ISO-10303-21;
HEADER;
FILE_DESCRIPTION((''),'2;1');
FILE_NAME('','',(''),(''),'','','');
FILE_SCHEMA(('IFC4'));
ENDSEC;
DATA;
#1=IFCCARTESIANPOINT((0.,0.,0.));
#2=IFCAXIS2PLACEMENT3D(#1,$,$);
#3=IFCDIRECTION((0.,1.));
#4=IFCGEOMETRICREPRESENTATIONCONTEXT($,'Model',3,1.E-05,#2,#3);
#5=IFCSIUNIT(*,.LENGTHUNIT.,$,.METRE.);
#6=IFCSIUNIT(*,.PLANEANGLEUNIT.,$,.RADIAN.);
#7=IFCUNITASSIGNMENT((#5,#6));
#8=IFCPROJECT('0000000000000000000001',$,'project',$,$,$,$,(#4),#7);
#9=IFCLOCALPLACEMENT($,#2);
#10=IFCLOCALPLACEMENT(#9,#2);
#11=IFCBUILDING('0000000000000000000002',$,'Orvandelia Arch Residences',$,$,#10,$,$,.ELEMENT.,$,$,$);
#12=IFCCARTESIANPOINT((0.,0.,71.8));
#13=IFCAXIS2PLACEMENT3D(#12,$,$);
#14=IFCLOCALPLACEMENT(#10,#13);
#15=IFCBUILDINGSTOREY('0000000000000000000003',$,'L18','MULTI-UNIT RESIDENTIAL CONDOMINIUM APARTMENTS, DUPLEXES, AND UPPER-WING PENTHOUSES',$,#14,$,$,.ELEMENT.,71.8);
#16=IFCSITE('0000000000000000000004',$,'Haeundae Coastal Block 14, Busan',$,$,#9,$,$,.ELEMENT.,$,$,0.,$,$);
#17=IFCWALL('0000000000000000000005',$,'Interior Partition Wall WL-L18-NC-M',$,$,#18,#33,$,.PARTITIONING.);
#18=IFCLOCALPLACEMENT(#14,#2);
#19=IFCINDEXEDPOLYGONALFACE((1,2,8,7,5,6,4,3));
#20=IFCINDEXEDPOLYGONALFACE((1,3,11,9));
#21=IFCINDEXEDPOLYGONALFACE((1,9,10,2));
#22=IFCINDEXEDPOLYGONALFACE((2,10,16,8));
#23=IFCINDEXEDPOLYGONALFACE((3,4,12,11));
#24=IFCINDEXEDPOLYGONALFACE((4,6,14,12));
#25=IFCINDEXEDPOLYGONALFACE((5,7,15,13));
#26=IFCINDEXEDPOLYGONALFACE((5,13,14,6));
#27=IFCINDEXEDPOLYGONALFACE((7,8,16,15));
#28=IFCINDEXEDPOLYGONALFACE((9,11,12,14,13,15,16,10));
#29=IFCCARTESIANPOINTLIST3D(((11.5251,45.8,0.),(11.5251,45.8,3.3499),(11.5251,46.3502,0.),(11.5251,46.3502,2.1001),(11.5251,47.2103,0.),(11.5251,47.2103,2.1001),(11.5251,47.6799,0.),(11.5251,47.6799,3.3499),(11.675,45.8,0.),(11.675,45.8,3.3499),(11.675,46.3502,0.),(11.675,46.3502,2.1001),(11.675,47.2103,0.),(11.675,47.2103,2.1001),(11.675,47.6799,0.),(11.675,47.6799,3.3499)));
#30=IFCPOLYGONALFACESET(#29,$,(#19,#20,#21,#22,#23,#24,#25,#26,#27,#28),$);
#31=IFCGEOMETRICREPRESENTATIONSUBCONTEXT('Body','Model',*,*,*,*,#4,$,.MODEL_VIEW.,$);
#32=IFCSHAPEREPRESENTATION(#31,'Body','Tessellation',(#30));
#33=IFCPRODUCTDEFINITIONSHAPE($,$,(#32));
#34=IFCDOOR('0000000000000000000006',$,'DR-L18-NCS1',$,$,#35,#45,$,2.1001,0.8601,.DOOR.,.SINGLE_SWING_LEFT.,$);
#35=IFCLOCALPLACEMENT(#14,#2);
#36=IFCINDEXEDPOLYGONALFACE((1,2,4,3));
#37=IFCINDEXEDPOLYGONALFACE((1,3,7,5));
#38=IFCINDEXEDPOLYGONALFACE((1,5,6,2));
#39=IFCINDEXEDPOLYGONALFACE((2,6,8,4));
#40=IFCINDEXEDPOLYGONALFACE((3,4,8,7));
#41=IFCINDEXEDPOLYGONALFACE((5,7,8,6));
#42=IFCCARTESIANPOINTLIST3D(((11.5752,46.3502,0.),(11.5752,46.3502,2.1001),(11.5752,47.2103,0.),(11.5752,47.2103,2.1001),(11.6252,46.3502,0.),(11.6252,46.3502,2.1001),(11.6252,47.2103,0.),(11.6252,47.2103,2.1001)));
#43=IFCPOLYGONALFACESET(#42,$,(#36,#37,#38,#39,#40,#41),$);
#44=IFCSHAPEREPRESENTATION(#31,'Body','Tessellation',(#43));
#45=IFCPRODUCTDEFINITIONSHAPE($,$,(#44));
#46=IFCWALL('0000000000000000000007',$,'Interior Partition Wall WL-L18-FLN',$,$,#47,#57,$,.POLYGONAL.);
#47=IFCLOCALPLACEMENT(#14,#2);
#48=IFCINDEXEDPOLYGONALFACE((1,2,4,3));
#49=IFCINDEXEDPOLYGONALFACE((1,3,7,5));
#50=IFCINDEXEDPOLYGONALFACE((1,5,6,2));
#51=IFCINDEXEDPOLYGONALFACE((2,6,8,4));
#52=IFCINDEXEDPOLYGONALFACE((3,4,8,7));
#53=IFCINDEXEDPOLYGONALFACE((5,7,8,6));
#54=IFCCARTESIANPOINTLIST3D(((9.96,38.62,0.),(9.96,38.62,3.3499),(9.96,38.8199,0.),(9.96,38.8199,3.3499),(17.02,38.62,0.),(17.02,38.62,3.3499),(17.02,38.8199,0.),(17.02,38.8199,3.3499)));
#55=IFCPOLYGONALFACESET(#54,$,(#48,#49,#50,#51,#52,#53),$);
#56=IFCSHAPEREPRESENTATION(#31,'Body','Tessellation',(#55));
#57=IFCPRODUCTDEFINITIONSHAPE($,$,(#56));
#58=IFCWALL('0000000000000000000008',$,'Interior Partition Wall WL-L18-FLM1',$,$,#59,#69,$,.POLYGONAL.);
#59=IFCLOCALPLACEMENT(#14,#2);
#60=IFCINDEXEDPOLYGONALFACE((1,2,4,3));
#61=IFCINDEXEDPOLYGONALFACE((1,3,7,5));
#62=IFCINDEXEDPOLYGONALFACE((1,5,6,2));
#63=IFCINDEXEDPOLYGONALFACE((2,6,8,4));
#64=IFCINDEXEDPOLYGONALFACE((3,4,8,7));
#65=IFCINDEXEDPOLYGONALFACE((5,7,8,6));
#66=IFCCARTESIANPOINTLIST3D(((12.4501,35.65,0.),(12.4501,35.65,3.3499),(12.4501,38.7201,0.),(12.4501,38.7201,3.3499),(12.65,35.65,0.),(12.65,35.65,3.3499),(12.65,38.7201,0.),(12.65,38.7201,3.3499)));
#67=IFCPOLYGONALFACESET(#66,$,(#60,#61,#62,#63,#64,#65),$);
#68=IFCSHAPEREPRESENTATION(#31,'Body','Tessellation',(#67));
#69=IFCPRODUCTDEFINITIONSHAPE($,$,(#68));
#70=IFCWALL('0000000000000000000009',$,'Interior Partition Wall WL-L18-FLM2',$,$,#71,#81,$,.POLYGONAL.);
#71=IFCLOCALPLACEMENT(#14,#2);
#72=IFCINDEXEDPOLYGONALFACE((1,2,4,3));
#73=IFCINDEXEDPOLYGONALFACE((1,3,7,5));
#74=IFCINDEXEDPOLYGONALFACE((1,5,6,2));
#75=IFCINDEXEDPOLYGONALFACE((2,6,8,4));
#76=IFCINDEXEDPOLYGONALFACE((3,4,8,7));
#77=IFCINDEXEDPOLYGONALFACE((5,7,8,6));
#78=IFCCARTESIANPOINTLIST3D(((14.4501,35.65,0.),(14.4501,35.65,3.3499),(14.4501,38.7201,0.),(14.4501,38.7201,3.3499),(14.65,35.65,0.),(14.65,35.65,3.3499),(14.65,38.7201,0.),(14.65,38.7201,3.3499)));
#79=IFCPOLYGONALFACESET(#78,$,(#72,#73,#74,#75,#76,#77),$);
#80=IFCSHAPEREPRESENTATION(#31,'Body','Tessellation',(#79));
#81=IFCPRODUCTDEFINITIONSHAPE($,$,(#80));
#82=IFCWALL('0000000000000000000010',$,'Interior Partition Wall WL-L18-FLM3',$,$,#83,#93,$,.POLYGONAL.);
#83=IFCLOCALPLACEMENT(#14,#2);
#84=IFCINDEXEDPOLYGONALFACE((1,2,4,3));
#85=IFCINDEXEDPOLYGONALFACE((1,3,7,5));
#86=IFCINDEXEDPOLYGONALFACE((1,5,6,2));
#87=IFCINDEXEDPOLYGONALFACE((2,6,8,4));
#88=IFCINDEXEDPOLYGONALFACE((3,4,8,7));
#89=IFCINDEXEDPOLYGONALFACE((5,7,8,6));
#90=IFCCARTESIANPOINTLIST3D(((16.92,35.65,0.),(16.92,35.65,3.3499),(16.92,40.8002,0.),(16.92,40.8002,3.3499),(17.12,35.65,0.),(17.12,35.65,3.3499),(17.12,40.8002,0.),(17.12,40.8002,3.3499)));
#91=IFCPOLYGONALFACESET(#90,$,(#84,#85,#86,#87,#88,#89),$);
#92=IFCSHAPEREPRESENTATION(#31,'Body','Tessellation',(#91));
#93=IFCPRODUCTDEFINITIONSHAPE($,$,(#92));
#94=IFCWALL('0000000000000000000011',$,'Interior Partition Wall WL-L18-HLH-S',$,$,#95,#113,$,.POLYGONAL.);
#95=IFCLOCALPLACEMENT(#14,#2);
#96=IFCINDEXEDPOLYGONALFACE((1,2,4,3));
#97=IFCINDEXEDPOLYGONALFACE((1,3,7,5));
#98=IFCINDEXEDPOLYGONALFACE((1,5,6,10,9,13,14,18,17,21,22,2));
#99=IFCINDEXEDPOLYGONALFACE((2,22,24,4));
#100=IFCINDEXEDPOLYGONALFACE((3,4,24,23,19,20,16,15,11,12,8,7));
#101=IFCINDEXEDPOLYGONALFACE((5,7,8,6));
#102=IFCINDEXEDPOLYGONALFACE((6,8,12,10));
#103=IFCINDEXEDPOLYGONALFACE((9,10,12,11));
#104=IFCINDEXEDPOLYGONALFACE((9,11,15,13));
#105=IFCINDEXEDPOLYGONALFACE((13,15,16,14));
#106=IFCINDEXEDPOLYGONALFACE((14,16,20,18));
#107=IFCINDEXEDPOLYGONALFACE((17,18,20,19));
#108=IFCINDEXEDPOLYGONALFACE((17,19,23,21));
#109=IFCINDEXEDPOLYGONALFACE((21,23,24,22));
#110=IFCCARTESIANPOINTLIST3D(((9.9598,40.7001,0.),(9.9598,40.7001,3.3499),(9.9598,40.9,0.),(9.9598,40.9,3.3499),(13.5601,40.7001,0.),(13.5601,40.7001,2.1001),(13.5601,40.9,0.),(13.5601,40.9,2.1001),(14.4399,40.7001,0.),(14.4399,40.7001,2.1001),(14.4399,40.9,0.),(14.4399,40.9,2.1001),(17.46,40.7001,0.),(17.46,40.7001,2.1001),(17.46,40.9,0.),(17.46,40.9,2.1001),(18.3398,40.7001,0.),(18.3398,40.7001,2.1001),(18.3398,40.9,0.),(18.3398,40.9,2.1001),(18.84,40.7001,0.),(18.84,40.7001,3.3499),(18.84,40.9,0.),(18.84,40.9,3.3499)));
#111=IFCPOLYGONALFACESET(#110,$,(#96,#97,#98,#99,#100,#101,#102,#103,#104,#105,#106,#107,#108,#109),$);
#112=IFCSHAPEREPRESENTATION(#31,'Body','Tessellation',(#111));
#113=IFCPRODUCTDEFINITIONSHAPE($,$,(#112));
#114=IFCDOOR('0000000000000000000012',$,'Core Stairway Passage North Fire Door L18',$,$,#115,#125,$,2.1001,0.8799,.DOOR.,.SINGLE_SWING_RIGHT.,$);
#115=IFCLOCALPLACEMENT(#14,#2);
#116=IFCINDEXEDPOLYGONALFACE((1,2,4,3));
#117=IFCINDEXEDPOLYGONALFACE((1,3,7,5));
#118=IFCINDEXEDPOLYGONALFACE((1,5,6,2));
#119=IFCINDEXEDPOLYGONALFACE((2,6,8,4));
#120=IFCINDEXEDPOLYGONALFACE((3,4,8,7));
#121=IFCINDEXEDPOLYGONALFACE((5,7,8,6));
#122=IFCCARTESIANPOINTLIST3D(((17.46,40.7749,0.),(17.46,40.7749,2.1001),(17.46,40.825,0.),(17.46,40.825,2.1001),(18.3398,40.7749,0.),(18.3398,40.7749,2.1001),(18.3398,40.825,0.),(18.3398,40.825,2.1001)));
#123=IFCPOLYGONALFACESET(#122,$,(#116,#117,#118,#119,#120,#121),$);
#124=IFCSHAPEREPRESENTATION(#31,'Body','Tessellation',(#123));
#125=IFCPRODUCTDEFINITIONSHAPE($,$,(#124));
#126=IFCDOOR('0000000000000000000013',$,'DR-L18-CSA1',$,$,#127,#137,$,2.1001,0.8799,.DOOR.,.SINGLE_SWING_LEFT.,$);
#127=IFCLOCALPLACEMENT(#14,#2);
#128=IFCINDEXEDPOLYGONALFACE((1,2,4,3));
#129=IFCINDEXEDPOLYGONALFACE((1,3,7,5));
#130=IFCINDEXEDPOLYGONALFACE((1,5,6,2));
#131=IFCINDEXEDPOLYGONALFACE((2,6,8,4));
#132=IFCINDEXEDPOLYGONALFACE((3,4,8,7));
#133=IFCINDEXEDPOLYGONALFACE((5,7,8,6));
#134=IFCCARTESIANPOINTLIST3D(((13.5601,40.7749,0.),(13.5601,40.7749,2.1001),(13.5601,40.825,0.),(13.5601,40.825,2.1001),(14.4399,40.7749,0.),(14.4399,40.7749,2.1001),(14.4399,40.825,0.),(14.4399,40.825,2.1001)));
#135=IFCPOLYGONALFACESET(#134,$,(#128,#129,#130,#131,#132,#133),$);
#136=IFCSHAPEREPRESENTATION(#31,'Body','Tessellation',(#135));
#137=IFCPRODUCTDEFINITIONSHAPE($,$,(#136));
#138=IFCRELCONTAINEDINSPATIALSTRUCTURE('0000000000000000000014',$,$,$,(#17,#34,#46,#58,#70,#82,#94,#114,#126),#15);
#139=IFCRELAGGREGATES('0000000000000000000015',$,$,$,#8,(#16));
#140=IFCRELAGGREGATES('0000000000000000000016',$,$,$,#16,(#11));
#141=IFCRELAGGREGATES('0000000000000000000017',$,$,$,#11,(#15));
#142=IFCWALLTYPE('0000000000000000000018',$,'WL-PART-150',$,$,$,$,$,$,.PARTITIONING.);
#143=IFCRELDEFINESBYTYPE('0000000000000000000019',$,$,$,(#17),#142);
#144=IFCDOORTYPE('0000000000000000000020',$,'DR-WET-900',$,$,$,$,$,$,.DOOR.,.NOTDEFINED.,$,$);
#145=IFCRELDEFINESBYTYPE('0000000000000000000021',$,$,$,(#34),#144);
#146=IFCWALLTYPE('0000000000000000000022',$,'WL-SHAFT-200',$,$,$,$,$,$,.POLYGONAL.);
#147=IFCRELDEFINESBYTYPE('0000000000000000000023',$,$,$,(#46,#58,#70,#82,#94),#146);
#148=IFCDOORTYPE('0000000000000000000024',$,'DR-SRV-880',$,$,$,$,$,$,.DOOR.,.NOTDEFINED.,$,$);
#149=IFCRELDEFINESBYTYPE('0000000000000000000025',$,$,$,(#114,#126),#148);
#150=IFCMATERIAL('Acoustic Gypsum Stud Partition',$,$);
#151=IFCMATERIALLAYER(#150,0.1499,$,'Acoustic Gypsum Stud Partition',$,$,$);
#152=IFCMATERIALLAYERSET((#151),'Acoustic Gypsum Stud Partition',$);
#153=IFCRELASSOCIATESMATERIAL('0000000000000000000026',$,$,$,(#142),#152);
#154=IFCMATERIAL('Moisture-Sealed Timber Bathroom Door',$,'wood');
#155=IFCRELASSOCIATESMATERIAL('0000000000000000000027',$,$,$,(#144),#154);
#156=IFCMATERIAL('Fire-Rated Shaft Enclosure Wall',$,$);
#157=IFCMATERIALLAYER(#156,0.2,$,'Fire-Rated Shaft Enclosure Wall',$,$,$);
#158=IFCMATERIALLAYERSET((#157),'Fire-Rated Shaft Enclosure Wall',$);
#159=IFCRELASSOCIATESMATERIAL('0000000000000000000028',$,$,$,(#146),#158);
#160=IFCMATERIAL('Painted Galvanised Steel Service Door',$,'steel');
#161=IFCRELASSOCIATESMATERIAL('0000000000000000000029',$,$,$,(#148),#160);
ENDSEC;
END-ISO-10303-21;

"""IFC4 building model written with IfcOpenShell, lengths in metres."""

from ifc_helpers import new_model, si_unit, direction, frame, frame_2d, origin, place, context, subcontext, project, spatial, rectangle, extrude, material, layer, layer_set, type_object, element, fill, save


model = new_model("IFC4")

# Units and contexts
model_context = context("Model", 3, precision=1e-05, world=origin(), true_north=direction((0.0, 1.0)))
body_context = subcontext(model_context, "Body", "Model", "MODEL_VIEW")
ifc_project = project(units=[si_unit("LENGTHUNIT", "METRE"), si_unit("PLANEANGLEUNIT", "RADIAN")], contexts=[model_context])

# Site, building, storey
site_placement = place(None, origin())
site = spatial("IfcSite", under=ifc_project, at=site_placement, Name="Haeundae Coastal Block 14, Busan", CompositionType="ELEMENT", RefElevation=0.0)
building_placement = place(site_placement, origin())
building = spatial("IfcBuilding", under=site, at=building_placement, Name="Orvandelia Arch Residences", CompositionType="ELEMENT")
storey_placement = place(building_placement, frame((0.0, 0.0, 71.8)))
storey = spatial("IfcBuildingStorey", under=building, at=storey_placement, Name="L18", Description="MULTI-UNIT RESIDENTIAL CONDOMINIUM APARTMENTS, DUPLEXES, AND UPPER-WING PENTHOUSES", CompositionType="ELEMENT", Elevation=71.8)

# Wall, opening, door
ifc_material_1 = material(Name="Acoustic Gypsum Stud Partition")
ifc_layer_1 = layer(ifc_material_1, 0.1499, Name="Acoustic Gypsum Stud Partition")
ifc_layer_set_1 = layer_set([ifc_layer_1], Name="Acoustic Gypsum Stud Partition")
wall_type_1 = type_object("IfcWallType", Name="WL-PART-150", PredefinedType="PARTITIONING", material=ifc_layer_set_1)
wall_1_placement = place(storey_placement, frame((11.6001, 45.8, 0.0), z_axis=(0.0, 0.0, 1.0), x_axis=(0.0, 1.0, 0.0)))
wall_1 = element("IfcWall", 1, at=wall_1_placement, inside=storey, type_object=wall_type_1, Name="Interior Partition Wall WL-L18-NC-M", PredefinedType="PARTITIONING", context=body_context, shape_type="SweptSolid", body=[
    extrude(rectangle(XDim=1.8799, YDim=0.1499, at=frame_2d((0.9399, 0.0))), origin(), (0.0, 0.0, 1.0), 3.3499),
])
opening_1_placement = place(wall_1_placement, frame((0.55, 0.0, 0.0)))
opening_1 = element("IfcOpeningElement", 2, at=opening_1_placement, cuts=wall_1, PredefinedType="OPENING", context=body_context, shape_type="SweptSolid", body=[
    extrude(rectangle(XDim=0.8601, YDim=2.1001, at=frame_2d((0.4302, 1.05))), frame((0.0, 0.085, 0.0), z_axis=(0.0, -1.0, 0.0), x_axis=(1.0, 0.0, 0.0)), (0.0, 0.0, 1.0), 0.1699),
])
ifc_material_2 = material(Name="Moisture-Sealed Timber Bathroom Door", Category="wood")
door_type_1 = type_object("IfcDoorType", Name="DR-WET-900", OperationType="NOTDEFINED", PredefinedType="DOOR", material=ifc_material_2)
door_1_placement = place(opening_1_placement, origin())
door_1 = element("IfcDoor", 3, at=door_1_placement, inside=storey, type_object=door_type_1, Name="DR-L18-NCS1", OperationType="SINGLE_SWING_LEFT", OverallHeight=2.1001, OverallWidth=0.8601, PredefinedType="DOOR", context=body_context, shape_type="SweptSolid", body=[
    extrude(rectangle(XDim=0.8601, YDim=2.1001, at=frame_2d((0.4302, 1.05))), frame((0.0, 0.0249, 0.0), z_axis=(0.0, -1.0, 0.0), x_axis=(1.0, 0.0, 0.0)), (0.0, 0.0, 1.0), 0.05),
])
fill(opening_1, door_1)

# Walls
ifc_material_3 = material(Name="Fire-Rated Shaft Enclosure Wall")
ifc_layer_2 = layer(ifc_material_3, 0.2, Name="Fire-Rated Shaft Enclosure Wall")
ifc_layer_set_2 = layer_set([ifc_layer_2], Name="Fire-Rated Shaft Enclosure Wall")
wall_type_2 = type_object("IfcWallType", Name="WL-SHAFT-200", PredefinedType="POLYGONAL", material=ifc_layer_set_2)
wall_2_placement = place(storey_placement, frame((9.96, 38.72, 0.0), z_axis=(0.0, 0.0, 1.0), x_axis=(1.0, 0.0, 0.0)))
element("IfcWall", 4, at=wall_2_placement, inside=storey, type_object=wall_type_2, Name="Interior Partition Wall WL-L18-FLN", PredefinedType="POLYGONAL", context=body_context, shape_type="SweptSolid", body=[
    extrude(rectangle(XDim=7.0601, YDim=0.2, at=frame_2d((3.53, 0.0))), origin(), (0.0, 0.0, 1.0), 3.3499),
])
for number, where, z_axis, x_axis, name in (
    (5, (12.55, 35.6499, 0.0), (0.0, 0.0, 1.0), (0.0, 1.0, 0.0), "Interior Partition Wall WL-L18-FLM1"),
    (6, (14.55, 35.6499, 0.0), (0.0, 0.0, 1.0), (0.0, 1.0, 0.0), "Interior Partition Wall WL-L18-FLM2"),
):
    element("IfcWall", number, at=place(storey_placement, frame(where, z_axis=z_axis, x_axis=x_axis)), inside=storey, type_object=wall_type_2, Name=name, PredefinedType="POLYGONAL", context=body_context, shape_type="SweptSolid", body=[
        extrude(rectangle(XDim=3.0701, YDim=0.2, at=frame_2d((1.5352, 0.0))), origin(), (0.0, 0.0, 1.0), 3.3499),
    ])
wall_3_placement = place(storey_placement, frame((17.02, 35.6499, 0.0), z_axis=(0.0, 0.0, 1.0), x_axis=(0.0, 1.0, 0.0)))
element("IfcWall", 7, at=wall_3_placement, inside=storey, type_object=wall_type_2, Name="Interior Partition Wall WL-L18-FLM3", PredefinedType="POLYGONAL", context=body_context, shape_type="SweptSolid", body=[
    extrude(rectangle(XDim=5.1501, YDim=0.2, at=frame_2d((2.5752, 0.0))), origin(), (0.0, 0.0, 1.0), 3.3499),
])

# Wall, openings, doors
wall_4_placement = place(storey_placement, frame((9.96, 40.8, 0.0), z_axis=(0.0, 0.0, 1.0), x_axis=(1.0, 0.0, 0.0)))
wall_4 = element("IfcWall", 8, at=wall_4_placement, inside=storey, type_object=wall_type_2, Name="Interior Partition Wall WL-L18-HLH-S", PredefinedType="POLYGONAL", context=body_context, shape_type="SweptSolid", body=[
    extrude(rectangle(XDim=8.8801, YDim=0.2, at=frame_2d((4.4399, 0.0))), origin(), (0.0, 0.0, 1.0), 3.3499),
])
opening_2_placement = place(wall_4_placement, frame((7.5, 0.0, 0.0)))
opening_2 = element("IfcOpeningElement", 9, at=opening_2_placement, cuts=wall_4, PredefinedType="OPENING", context=body_context, shape_type="SweptSolid", body=[
    extrude(rectangle(XDim=0.8799, YDim=2.1001, at=frame_2d((0.4399, 1.05))), frame((0.0, 0.1099, 0.0), z_axis=(0.0, -1.0, 0.0), x_axis=(1.0, 0.0, 0.0)), (0.0, 0.0, 1.0), 0.22),
])
opening_3_placement = place(wall_4_placement, frame((3.6001, 0.0, 0.0)))
opening_3 = element("IfcOpeningElement", 10, at=opening_3_placement, cuts=wall_4, PredefinedType="OPENING", context=body_context, shape_type="SweptSolid", body=[
    extrude(rectangle(XDim=0.8799, YDim=2.1001, at=frame_2d((0.4399, 1.05))), frame((0.0, 0.1099, 0.0), z_axis=(0.0, -1.0, 0.0), x_axis=(1.0, 0.0, 0.0)), (0.0, 0.0, 1.0), 0.22),
])
ifc_material_4 = material(Name="Painted Galvanised Steel Service Door", Category="steel")
door_type_2 = type_object("IfcDoorType", Name="DR-SRV-880", OperationType="NOTDEFINED", PredefinedType="DOOR", material=ifc_material_4)
door_2_placement = place(opening_2_placement, origin())
door_2 = element("IfcDoor", 11, at=door_2_placement, inside=storey, type_object=door_type_2, Name="Core Stairway Passage North Fire Door L18", OperationType="SINGLE_SWING_RIGHT", OverallHeight=2.1001, OverallWidth=0.8799, PredefinedType="DOOR", context=body_context, shape_type="SweptSolid", body=[
    extrude(rectangle(XDim=0.8799, YDim=2.1001, at=frame_2d((0.4399, 1.05))), frame((0.0, 0.0249, 0.0), z_axis=(0.0, -1.0, 0.0), x_axis=(1.0, 0.0, 0.0)), (0.0, 0.0, 1.0), 0.05),
])
fill(opening_2, door_2)
door_3_placement = place(opening_3_placement, origin())
door_3 = element("IfcDoor", 12, at=door_3_placement, inside=storey, type_object=door_type_2, Name="DR-L18-CSA1", OperationType="SINGLE_SWING_LEFT", OverallHeight=2.1001, OverallWidth=0.8799, PredefinedType="DOOR", context=body_context, shape_type="SweptSolid", body=[
    extrude(rectangle(XDim=0.8799, YDim=2.1001, at=frame_2d((0.4399, 1.05))), frame((0.0, 0.0249, 0.0), z_axis=(0.0, -1.0, 0.0), x_axis=(1.0, 0.0, 0.0)), (0.0, 0.0, 1.0), 0.05),
])
fill(opening_3, door_3)

save(model, "model.ifc")
